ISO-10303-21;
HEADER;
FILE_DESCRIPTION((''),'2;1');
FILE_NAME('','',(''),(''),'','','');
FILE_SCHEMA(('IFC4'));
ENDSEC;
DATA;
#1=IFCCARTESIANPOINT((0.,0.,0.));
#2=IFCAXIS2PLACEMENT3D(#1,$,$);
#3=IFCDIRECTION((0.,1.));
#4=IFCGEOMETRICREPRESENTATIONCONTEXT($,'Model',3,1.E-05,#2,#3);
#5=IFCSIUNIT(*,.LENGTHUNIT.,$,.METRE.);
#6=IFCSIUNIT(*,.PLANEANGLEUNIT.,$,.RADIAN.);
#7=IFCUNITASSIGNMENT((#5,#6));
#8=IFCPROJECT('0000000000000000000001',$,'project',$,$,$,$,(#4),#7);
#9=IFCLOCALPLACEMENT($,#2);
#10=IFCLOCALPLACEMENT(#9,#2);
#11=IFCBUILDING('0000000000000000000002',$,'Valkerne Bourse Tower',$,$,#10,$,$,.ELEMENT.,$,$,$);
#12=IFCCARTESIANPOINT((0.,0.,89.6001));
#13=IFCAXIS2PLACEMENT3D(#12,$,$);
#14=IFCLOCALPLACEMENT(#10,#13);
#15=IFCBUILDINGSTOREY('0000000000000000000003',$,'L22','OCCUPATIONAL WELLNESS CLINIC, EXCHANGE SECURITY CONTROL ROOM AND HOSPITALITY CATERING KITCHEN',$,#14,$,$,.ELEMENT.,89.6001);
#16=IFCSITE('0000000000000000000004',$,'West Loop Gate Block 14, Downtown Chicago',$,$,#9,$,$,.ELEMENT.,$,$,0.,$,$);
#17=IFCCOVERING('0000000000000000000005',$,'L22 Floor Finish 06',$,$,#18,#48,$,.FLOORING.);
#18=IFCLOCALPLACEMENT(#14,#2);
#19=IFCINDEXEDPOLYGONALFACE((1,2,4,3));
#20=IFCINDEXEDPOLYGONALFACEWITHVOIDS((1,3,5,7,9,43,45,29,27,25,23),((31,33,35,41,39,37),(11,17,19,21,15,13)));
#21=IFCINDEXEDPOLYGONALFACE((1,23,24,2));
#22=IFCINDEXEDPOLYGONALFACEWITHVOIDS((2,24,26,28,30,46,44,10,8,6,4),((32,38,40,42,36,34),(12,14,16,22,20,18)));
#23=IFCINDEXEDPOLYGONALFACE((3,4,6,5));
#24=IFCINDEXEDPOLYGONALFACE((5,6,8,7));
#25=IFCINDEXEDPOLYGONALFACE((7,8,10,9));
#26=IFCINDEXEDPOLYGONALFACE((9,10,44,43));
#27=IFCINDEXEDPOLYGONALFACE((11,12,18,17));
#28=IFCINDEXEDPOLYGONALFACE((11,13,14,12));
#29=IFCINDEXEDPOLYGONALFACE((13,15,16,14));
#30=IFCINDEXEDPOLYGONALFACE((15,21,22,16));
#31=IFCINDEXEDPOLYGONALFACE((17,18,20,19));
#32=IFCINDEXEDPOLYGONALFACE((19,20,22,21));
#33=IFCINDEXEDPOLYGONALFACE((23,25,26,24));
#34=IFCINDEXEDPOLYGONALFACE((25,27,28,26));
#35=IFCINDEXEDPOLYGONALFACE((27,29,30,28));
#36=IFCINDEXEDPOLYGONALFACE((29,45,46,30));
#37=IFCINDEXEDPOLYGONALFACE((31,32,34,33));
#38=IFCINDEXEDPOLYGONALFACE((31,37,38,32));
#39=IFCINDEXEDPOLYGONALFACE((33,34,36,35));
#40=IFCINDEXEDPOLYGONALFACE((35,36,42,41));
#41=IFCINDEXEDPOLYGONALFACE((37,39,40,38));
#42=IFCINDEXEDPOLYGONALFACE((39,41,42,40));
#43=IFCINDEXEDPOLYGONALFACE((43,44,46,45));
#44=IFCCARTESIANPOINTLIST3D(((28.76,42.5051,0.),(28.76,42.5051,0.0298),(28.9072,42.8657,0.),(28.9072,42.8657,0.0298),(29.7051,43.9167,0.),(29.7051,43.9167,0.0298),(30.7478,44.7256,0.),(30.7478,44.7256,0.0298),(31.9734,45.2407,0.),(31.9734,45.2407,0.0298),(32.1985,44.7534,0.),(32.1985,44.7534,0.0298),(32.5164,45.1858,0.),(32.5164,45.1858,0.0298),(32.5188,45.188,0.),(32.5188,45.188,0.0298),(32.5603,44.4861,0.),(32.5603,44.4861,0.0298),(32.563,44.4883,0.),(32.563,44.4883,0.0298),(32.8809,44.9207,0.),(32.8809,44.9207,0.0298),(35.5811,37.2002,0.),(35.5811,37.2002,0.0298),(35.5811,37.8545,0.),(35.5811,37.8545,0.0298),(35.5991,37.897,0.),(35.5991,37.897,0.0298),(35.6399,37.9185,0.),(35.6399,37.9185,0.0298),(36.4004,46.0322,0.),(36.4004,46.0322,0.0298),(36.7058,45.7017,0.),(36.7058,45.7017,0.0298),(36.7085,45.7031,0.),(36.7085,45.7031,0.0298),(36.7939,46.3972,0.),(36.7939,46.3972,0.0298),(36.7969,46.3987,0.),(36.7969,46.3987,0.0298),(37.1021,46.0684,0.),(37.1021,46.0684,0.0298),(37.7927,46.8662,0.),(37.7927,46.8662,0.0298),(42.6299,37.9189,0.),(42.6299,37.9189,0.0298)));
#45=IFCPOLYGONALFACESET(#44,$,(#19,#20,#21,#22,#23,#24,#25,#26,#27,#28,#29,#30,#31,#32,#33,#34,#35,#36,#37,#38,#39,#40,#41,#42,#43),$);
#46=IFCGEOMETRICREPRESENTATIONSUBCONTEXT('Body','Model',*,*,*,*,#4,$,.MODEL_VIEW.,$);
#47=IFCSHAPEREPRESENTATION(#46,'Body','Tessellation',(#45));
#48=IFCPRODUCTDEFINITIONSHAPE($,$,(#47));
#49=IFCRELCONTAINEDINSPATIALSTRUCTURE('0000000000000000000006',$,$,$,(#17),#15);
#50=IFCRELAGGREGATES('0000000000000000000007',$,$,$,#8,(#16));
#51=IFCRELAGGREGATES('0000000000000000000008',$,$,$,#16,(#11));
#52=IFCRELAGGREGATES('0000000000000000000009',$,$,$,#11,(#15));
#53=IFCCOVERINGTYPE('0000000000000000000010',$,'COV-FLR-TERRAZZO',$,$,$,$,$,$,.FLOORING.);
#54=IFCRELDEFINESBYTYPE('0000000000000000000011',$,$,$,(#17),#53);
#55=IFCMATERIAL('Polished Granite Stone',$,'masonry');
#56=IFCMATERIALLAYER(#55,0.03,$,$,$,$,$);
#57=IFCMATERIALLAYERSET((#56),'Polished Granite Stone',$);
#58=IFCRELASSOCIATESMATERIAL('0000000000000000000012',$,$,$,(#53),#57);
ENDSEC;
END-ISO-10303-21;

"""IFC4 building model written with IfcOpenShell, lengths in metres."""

from ifc_helpers import new_model, si_unit, direction, frame, origin, place, context, subcontext, project, spatial, polyline, outline, extrude, material, layer, layer_set, type_object, element, save


model = new_model("IFC4")

# Units and contexts
model_context = context("Model", 3, precision=1e-05, world=origin(), true_north=direction((0.0, 1.0)))
body_context = subcontext(model_context, "Body", "Model", "MODEL_VIEW")
ifc_project = project(units=[si_unit("LENGTHUNIT", "METRE"), si_unit("PLANEANGLEUNIT", "RADIAN")], contexts=[model_context])

# Site, building, storey
site_placement = place(None, origin())
site = spatial("IfcSite", under=ifc_project, at=site_placement, Name="West Loop Gate Block 14, Downtown Chicago", CompositionType="ELEMENT", RefElevation=0.0)
building_placement = place(site_placement, origin())
building = spatial("IfcBuilding", under=site, at=building_placement, Name="Valkerne Bourse Tower", CompositionType="ELEMENT")
storey_placement = place(building_placement, frame((0.0, 0.0, 89.6001)))
storey = spatial("IfcBuildingStorey", under=building, at=storey_placement, Name="L22", Description="OCCUPATIONAL WELLNESS CLINIC, EXCHANGE SECURITY CONTROL ROOM AND HOSPITALITY CATERING KITCHEN", CompositionType="ELEMENT", Elevation=89.6001)

# Covering
ifc_material_1 = material(Name="Polished Granite Stone", Category="masonry")
ifc_layer_1 = layer(ifc_material_1, 0.03)
ifc_layer_set_1 = layer_set([ifc_layer_1], Name="Polished Granite Stone")
covering_type_1 = type_object("IfcCoveringType", Name="COV-FLR-TERRAZZO", PredefinedType="FLOORING", material=ifc_layer_set_1)
covering_1_placement = place(storey_placement, origin())
element("IfcCovering", 1, at=covering_1_placement, inside=storey, type_object=covering_type_1, Name="L22 Floor Finish 06", PredefinedType="FLOORING", context=body_context, shape_type="SweptSolid", body=[
    extrude(outline(polyline([(30.7478, 44.7256), (31.9734, 45.2407), (37.7927, 46.8662), (42.6299, 37.9189), (35.6399, 37.9185), (35.5991, 37.897), (35.5811, 37.8545), (35.5811, 37.2002), (28.76, 42.5051), (28.9072, 42.8657), (29.7051, 43.9167), (30.7478, 44.7256)]), holes=[polyline([(32.8809, 44.9207), (32.5188, 45.188), (32.5164, 45.1858), (32.1985, 44.7534), (32.5603, 44.4861), (32.563, 44.4883), (32.8809, 44.9207)]), polyline([(36.7085, 45.7031), (37.1021, 46.0684), (36.7969, 46.3987), (36.7939, 46.3972), (36.4004, 46.0322), (36.7058, 45.7017), (36.7085, 45.7031)])]), origin(), (0.0, 0.0, 1.0), 0.0298),
])

save(model, "model.ifc")
